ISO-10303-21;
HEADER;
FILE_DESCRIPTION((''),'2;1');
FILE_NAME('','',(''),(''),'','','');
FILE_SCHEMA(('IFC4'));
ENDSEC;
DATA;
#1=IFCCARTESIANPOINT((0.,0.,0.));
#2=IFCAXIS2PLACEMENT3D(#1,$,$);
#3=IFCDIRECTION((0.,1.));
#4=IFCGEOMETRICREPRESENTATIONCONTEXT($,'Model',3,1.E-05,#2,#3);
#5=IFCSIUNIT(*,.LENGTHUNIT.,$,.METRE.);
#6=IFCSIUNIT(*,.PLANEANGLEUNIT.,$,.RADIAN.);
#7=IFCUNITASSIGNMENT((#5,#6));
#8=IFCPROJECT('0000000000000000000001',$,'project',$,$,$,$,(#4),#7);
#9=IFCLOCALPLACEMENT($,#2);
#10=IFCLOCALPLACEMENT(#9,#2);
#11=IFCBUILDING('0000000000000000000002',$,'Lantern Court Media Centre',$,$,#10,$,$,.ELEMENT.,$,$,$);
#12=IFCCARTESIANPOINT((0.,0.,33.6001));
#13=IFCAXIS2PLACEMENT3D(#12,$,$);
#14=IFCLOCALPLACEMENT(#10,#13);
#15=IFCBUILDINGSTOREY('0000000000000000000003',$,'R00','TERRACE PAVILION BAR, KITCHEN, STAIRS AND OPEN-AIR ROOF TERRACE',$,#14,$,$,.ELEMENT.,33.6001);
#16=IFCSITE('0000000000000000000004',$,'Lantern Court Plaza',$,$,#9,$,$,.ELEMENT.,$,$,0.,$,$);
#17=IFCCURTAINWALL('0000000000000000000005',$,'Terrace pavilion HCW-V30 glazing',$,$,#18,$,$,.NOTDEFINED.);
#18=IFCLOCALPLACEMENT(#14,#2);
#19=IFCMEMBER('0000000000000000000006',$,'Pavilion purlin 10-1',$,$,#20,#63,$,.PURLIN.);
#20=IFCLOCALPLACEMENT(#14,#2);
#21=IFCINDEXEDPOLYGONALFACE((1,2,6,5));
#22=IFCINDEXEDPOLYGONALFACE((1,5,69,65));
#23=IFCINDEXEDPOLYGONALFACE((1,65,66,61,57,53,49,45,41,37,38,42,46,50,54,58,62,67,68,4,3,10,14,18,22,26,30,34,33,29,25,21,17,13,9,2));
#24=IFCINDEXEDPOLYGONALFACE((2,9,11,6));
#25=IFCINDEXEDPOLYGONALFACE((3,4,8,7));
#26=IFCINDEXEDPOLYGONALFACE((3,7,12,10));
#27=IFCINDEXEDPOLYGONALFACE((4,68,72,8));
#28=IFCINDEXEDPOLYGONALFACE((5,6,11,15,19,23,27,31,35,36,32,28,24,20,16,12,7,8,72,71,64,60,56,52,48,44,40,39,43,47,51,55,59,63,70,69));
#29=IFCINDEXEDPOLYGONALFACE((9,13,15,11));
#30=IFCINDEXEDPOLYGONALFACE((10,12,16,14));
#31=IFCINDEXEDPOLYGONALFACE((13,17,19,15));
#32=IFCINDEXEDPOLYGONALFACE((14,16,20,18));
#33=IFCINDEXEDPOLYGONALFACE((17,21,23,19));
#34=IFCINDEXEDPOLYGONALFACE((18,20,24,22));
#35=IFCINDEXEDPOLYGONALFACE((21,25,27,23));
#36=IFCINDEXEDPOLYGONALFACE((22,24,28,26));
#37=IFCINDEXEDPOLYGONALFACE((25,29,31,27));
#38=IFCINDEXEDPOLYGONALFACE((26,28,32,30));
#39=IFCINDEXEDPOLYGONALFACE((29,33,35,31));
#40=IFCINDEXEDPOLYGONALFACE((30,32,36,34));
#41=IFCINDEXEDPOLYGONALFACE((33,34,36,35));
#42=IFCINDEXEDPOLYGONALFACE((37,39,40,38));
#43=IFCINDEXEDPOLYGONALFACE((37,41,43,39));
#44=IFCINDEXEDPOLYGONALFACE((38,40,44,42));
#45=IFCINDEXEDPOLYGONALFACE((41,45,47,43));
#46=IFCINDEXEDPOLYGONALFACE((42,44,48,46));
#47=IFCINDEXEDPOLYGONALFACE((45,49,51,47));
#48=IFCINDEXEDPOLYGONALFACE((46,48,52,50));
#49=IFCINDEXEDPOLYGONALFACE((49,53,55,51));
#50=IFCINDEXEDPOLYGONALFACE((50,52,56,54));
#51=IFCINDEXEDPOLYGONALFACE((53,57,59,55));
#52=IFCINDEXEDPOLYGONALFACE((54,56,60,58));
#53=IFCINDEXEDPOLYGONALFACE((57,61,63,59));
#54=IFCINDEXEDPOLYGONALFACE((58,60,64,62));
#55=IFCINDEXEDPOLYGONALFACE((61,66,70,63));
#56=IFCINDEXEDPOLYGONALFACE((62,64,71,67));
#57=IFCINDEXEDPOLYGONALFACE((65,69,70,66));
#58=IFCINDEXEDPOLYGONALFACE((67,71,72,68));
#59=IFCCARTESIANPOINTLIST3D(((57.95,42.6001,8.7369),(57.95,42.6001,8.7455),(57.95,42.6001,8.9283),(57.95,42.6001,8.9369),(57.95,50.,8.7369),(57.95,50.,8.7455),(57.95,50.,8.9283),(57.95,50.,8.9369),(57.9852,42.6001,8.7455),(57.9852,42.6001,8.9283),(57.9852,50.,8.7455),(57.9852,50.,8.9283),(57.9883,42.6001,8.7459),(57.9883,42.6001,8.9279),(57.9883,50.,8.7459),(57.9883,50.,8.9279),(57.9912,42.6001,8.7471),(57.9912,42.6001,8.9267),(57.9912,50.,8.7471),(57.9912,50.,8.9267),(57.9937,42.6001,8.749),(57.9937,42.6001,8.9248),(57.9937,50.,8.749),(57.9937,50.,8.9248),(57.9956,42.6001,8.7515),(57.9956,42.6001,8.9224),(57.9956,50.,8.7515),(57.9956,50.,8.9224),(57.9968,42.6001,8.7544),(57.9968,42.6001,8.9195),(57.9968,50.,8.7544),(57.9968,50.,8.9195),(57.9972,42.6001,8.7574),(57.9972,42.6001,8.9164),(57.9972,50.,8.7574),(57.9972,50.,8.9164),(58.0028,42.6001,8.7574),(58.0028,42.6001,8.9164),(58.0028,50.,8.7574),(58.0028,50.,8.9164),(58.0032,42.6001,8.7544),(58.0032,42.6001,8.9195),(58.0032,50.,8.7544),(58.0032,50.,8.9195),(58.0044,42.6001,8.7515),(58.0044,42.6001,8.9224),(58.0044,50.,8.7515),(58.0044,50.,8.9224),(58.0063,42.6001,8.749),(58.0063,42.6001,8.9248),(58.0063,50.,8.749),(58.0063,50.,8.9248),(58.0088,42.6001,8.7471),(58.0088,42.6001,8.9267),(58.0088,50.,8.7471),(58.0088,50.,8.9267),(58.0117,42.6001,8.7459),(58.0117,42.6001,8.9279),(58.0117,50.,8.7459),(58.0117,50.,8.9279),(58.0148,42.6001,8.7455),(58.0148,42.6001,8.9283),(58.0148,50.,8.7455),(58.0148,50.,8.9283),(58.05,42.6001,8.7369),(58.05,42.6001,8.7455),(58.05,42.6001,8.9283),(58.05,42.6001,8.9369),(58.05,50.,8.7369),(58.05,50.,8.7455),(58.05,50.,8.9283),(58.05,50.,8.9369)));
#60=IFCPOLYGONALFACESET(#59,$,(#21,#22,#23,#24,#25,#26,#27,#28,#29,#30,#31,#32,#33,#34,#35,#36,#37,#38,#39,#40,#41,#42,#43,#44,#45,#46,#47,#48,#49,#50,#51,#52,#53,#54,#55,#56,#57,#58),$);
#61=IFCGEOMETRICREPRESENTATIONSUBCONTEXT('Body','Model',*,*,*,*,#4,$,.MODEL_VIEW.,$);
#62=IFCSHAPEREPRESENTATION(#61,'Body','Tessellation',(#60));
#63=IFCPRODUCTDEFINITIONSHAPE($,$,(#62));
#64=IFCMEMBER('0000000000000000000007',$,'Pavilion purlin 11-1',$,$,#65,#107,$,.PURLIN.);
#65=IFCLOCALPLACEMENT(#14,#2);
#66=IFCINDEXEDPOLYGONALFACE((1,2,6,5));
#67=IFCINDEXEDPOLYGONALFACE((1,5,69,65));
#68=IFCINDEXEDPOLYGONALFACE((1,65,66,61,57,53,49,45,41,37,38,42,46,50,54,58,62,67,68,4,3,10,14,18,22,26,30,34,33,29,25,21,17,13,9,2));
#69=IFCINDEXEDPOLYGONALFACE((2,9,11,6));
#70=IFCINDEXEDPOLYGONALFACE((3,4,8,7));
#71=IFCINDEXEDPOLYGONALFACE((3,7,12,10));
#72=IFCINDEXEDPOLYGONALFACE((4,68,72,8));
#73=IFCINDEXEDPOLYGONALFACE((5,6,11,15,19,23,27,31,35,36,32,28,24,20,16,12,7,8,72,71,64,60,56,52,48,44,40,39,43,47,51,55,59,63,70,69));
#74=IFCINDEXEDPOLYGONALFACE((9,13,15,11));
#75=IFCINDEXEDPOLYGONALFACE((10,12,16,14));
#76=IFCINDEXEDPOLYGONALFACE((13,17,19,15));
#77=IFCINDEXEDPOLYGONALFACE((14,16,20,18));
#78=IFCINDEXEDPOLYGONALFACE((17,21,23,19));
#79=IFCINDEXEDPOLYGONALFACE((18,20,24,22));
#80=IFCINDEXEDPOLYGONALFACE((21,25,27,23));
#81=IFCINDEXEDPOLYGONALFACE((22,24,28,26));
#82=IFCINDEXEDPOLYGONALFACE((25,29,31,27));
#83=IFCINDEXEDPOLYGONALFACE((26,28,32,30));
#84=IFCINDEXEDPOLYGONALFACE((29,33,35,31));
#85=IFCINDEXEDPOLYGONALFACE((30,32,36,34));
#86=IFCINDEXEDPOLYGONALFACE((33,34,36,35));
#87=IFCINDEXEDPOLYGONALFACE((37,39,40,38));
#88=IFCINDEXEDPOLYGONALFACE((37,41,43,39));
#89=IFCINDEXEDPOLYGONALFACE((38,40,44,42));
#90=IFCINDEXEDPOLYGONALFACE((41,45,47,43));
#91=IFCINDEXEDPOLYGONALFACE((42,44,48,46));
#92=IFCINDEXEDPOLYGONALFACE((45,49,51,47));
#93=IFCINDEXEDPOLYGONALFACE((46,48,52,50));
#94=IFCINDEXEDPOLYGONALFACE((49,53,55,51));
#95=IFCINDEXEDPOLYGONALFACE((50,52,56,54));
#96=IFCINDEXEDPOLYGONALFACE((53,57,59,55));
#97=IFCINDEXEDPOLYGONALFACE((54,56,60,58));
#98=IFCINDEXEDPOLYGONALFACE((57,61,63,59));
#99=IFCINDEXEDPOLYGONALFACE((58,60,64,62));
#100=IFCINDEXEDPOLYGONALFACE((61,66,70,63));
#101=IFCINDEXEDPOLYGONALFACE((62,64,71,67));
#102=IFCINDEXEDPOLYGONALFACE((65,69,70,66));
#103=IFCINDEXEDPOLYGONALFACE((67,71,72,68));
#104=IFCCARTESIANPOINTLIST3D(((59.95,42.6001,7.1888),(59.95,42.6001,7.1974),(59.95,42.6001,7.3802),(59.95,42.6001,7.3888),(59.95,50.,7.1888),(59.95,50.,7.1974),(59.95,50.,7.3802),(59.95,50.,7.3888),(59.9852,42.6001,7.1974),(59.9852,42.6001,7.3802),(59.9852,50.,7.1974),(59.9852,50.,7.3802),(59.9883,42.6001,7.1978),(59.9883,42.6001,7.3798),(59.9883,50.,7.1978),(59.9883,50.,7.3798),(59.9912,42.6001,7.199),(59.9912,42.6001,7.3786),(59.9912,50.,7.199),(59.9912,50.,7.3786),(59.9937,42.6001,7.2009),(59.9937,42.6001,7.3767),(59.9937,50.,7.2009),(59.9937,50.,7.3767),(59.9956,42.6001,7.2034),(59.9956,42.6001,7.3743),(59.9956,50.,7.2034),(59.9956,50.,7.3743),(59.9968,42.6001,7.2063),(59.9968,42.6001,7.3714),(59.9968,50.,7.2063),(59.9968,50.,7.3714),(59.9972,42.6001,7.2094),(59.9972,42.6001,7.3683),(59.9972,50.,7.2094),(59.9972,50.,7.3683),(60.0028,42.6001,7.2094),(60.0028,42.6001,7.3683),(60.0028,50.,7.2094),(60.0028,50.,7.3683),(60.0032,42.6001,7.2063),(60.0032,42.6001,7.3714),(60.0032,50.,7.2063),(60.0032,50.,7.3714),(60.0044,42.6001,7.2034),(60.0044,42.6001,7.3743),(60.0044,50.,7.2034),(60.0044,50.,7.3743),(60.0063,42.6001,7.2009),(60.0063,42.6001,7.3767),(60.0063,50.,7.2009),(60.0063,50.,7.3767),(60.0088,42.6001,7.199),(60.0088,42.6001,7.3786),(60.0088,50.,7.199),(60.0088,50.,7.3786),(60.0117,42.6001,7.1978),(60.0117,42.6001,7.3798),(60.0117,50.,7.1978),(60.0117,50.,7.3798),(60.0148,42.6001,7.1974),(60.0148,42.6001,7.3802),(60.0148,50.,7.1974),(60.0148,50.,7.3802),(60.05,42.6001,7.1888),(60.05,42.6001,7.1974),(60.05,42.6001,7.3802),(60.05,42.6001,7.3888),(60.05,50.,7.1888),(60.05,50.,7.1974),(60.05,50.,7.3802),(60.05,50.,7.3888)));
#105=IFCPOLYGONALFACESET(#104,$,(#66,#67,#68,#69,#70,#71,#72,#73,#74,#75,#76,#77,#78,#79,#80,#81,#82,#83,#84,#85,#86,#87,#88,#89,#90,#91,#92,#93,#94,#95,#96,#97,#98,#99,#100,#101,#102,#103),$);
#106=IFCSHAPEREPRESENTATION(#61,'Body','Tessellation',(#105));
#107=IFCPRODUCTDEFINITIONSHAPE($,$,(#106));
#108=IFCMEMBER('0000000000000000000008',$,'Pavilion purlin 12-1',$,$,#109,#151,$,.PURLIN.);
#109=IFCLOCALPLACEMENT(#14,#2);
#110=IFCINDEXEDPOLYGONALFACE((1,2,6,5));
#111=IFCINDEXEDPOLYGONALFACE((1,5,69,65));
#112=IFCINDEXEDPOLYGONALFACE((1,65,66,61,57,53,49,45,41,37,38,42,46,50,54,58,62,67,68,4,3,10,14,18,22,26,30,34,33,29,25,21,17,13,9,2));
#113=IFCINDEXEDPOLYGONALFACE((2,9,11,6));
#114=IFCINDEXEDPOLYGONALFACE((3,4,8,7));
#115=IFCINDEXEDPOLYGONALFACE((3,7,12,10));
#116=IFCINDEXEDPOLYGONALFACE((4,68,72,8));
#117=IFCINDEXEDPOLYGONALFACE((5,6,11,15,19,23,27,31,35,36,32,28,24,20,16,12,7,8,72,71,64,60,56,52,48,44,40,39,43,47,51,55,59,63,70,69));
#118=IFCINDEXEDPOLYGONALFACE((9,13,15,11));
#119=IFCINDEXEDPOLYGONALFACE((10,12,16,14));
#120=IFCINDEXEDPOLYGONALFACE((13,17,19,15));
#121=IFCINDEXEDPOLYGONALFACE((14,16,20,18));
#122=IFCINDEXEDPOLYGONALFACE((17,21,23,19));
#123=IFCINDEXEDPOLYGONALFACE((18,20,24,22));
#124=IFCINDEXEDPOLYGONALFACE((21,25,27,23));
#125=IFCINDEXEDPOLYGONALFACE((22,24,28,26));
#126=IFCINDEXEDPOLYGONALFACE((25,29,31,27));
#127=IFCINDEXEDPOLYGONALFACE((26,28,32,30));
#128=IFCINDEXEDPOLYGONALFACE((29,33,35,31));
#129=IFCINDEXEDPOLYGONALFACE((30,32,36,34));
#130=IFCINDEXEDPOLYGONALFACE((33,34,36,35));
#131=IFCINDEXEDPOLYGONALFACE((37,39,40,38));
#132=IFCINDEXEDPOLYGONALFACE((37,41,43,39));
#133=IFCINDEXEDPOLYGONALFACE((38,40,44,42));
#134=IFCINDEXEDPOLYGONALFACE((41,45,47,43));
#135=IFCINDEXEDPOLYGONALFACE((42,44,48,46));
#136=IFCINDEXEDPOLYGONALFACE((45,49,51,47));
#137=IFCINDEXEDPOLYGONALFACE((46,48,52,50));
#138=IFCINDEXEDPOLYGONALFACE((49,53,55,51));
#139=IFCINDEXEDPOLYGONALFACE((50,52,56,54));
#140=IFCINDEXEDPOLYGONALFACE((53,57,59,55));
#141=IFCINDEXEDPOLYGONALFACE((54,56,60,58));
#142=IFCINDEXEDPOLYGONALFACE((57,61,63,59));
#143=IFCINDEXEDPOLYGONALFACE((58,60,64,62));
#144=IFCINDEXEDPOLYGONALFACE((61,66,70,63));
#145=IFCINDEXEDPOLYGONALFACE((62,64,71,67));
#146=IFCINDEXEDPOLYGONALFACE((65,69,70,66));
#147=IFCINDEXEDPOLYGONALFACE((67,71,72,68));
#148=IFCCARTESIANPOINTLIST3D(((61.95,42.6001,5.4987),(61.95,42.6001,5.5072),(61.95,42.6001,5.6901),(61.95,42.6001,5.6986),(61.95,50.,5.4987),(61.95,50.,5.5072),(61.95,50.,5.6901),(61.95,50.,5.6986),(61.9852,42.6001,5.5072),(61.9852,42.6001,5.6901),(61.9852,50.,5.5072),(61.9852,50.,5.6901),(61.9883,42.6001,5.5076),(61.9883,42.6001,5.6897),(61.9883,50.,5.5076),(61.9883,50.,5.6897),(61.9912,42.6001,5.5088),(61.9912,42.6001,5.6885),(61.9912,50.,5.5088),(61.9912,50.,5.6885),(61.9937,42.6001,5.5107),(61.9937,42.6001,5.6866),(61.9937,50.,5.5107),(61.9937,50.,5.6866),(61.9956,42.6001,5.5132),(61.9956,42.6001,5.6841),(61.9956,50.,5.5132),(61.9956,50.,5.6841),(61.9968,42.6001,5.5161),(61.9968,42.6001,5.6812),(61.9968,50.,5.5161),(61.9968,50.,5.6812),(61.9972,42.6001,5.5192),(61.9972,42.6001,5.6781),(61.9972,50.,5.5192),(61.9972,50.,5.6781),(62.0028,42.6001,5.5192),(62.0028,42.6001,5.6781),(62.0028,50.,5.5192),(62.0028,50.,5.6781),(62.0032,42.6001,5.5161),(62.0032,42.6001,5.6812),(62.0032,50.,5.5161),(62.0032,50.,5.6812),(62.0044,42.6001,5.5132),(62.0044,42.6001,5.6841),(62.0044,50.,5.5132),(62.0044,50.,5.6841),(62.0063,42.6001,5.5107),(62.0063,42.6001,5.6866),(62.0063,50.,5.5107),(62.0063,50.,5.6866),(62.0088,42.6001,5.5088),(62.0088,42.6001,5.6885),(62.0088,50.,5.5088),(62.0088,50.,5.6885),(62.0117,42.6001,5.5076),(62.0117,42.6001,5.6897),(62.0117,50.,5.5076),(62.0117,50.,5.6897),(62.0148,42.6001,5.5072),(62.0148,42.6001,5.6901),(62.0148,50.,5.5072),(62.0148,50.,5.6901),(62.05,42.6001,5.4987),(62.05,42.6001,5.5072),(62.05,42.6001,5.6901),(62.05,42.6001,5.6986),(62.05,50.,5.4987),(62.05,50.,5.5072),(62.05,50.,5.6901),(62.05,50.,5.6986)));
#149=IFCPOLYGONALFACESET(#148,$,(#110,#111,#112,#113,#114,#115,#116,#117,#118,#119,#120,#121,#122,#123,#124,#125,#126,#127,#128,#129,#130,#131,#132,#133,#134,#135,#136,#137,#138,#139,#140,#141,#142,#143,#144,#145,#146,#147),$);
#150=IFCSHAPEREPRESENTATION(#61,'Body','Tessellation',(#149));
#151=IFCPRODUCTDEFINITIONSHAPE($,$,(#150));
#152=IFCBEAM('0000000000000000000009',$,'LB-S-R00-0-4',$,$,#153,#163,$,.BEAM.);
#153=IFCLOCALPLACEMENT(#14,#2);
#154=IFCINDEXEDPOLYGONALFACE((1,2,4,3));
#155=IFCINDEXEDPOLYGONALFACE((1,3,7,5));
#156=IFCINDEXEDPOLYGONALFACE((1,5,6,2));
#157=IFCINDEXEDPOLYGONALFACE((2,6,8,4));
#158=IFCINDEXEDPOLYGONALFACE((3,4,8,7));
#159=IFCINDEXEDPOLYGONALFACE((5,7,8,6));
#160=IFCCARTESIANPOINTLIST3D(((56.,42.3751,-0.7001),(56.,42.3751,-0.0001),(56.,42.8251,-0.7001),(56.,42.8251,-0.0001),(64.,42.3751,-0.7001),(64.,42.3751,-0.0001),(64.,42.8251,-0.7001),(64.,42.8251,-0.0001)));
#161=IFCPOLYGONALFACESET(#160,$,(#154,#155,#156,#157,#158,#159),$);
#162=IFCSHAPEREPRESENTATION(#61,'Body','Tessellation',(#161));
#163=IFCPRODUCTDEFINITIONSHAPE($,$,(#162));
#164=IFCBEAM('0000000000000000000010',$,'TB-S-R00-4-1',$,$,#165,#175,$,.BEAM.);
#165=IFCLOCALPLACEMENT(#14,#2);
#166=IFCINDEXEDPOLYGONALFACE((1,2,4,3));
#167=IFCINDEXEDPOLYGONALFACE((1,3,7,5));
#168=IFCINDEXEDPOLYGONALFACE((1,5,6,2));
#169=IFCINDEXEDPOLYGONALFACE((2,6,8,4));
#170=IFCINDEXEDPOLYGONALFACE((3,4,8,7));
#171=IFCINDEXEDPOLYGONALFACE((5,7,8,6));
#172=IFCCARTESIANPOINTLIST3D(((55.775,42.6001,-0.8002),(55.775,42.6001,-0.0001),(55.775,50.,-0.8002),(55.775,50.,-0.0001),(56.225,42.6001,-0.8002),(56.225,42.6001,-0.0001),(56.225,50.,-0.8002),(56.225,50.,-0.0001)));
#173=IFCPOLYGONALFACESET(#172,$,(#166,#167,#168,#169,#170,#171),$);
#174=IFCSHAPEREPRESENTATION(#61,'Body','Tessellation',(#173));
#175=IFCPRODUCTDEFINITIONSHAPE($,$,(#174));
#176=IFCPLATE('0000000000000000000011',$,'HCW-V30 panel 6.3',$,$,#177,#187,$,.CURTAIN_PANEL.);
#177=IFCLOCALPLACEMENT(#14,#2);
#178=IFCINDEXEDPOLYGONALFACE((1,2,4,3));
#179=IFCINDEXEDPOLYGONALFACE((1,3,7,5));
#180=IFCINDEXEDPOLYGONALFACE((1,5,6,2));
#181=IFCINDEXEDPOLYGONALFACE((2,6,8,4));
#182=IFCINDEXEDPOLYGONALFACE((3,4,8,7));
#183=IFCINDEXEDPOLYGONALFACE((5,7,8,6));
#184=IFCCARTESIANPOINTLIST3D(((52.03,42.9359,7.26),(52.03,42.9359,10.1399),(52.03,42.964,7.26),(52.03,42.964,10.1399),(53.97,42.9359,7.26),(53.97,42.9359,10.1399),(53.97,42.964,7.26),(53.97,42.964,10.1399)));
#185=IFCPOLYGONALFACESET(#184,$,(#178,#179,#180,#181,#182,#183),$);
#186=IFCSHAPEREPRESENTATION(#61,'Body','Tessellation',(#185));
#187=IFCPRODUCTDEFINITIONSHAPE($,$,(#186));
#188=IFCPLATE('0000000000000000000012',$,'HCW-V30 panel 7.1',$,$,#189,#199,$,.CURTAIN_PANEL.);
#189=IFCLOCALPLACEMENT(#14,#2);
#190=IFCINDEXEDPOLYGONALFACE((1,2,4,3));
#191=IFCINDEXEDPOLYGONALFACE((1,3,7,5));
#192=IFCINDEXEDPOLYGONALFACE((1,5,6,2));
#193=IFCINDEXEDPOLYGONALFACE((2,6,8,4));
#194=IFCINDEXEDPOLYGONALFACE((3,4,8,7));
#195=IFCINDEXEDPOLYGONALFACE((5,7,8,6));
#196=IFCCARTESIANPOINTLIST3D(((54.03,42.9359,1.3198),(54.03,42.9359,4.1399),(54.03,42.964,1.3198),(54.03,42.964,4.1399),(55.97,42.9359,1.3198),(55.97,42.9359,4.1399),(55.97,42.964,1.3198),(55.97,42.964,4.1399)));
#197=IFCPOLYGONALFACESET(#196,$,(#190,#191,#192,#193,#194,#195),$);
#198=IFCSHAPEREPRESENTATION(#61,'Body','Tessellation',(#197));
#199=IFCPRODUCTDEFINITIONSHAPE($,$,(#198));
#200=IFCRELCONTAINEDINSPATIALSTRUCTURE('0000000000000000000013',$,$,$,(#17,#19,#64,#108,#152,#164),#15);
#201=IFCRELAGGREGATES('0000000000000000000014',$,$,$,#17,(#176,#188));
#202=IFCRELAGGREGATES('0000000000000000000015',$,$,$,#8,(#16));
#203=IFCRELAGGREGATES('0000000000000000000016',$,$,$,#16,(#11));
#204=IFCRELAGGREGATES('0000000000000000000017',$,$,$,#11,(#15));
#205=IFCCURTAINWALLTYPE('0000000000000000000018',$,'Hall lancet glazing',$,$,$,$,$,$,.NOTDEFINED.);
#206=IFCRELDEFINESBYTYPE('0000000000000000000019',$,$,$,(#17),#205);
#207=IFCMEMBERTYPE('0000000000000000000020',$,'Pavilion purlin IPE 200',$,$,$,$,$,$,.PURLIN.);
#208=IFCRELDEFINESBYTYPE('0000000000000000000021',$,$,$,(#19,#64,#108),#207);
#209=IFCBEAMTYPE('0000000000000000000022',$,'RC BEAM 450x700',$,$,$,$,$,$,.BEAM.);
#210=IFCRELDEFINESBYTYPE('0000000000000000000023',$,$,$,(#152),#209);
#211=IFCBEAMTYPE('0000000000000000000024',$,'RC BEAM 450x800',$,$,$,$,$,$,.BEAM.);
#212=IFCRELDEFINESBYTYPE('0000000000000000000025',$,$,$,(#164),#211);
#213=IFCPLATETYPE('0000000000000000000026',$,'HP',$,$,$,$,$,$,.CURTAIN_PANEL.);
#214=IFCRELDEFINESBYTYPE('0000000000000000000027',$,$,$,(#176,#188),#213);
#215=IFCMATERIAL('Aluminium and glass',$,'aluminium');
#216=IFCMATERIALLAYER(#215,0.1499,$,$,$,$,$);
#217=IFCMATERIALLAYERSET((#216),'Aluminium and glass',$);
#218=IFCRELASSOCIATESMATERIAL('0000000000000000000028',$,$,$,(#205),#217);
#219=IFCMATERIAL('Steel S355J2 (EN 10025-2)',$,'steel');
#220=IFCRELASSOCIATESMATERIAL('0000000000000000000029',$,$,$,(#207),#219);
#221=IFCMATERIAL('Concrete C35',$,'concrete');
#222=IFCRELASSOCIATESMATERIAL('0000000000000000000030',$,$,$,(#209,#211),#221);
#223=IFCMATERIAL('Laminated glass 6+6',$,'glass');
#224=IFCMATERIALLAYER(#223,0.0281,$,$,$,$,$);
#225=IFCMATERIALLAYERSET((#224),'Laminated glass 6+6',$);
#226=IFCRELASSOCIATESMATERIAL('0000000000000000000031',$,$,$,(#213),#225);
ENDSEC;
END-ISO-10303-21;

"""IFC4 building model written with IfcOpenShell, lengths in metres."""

from ifc_helpers import new_model, si_unit, direction, frame, origin, origin_2d, place, context, subcontext, project, spatial, rectangle, i_section, extrude, material, layer, layer_set, material_profile, profile_set, type_object, element, aggregate, save


model = new_model("IFC4")

# Units and contexts
model_context = context("Model", 3, precision=1e-05, world=origin(), true_north=direction((0.0, 1.0)))
body_context = subcontext(model_context, "Body", "Model", "MODEL_VIEW")
ifc_project = project(units=[si_unit("LENGTHUNIT", "METRE"), si_unit("PLANEANGLEUNIT", "RADIAN")], contexts=[model_context])

# Site, building, storey
site_placement = place(None, origin())
site = spatial("IfcSite", under=ifc_project, at=site_placement, Name="Lantern Court Plaza", CompositionType="ELEMENT", RefElevation=0.0)
building_placement = place(site_placement, origin())
building = spatial("IfcBuilding", under=site, at=building_placement, Name="Lantern Court Media Centre", CompositionType="ELEMENT")
storey_placement = place(building_placement, frame((0.0, 0.0, 33.6001)))
storey = spatial("IfcBuildingStorey", under=building, at=storey_placement, Name="R00", Description="TERRACE PAVILION BAR, KITCHEN, STAIRS AND OPEN-AIR ROOF TERRACE", CompositionType="ELEMENT", Elevation=33.6001)

# Curtain wall
ifc_material_1 = material(Name="Aluminium and glass", Category="aluminium")
ifc_layer_1 = layer(ifc_material_1, 0.1499)
ifc_layer_set_1 = layer_set([ifc_layer_1], Name="Aluminium and glass")
curtain_wall_type = type_object("IfcCurtainWallType", Name="Hall lancet glazing", PredefinedType="NOTDEFINED", material=ifc_layer_set_1)
curtain_wall_placement = place(storey_placement, origin())
curtain_wall = element("IfcCurtainWall", 1, at=curtain_wall_placement, inside=storey, type_object=curtain_wall_type, Name="Terrace pavilion HCW-V30 glazing", PredefinedType="NOTDEFINED")

# Members
ifc_material_2 = material(Name="Steel S355J2 (EN 10025-2)", Category="steel")
ifc_material_profile_1 = material_profile(ifc_material_2, i_section(OverallWidth=0.1001, OverallDepth=0.2, WebThickness=0.0056, FlangeThickness=0.0085, FilletRadius=0.012, at=origin_2d()), Name="IPE 200")
ifc_profile_set_1 = profile_set([ifc_material_profile_1], Name="Steel S355J2 (EN 10025-2)")
member_type_1 = type_object("IfcMemberType", Name="Pavilion purlin IPE 200", PredefinedType="PURLIN", material=ifc_profile_set_1)
for number, where, z_axis, x_axis, name in (
    (2, (58.0, 42.6001, 8.8369), (0.0, 1.0, 0.0), (-1.0, 0.0, 0.0), "Pavilion purlin 10-1"),
    (3, (60.0, 42.6001, 7.2888), (0.0, 1.0, 0.0), (-1.0, 0.0, 0.0), "Pavilion purlin 11-1"),
    (4, (62.0, 42.6001, 5.5986), (0.0, 1.0, 0.0), (-1.0, 0.0, 0.0), "Pavilion purlin 12-1"),
):
    element("IfcMember", number, at=place(storey_placement, frame(where, z_axis=z_axis, x_axis=x_axis)), inside=storey, type_object=member_type_1, Name=name, PredefinedType="PURLIN", context=body_context, shape_type="SweptSolid", body=[
        extrude(i_section(OverallWidth=0.1001, OverallDepth=0.2, WebThickness=0.0056, FlangeThickness=0.0085, FilletRadius=0.012, at=origin_2d()), origin(), (0.0, 0.0, 1.0), 7.3999),
    ])

# Beams
ifc_material_3 = material(Name="Concrete C35", Category="concrete")
ifc_material_profile_2 = material_profile(ifc_material_3, rectangle(XDim=0.45, YDim=0.7, at=origin_2d()), Name="RC 450x700")
ifc_profile_set_2 = profile_set([ifc_material_profile_2], Name="Concrete C35")
beam_type_1 = type_object("IfcBeamType", Name="RC BEAM 450x700", PredefinedType="BEAM", material=ifc_profile_set_2)
beam_1_placement = place(storey_placement, frame((56.0, 42.6001, -0.3501), z_axis=(1.0, 0.0, 0.0), x_axis=(0.0, 1.0, 0.0)))
element("IfcBeam", 5, at=beam_1_placement, inside=storey, type_object=beam_type_1, Name="LB-S-R00-0-4", PredefinedType="BEAM", context=body_context, shape_type="SweptSolid", body=[
    extrude(rectangle(XDim=0.45, YDim=0.7, at=origin_2d()), origin(), (0.0, 0.0, 1.0), 8.0),
])
ifc_material_profile_3 = material_profile(ifc_material_3, rectangle(XDim=0.45, YDim=0.8, at=origin_2d()), Name="RC 450x800")
ifc_profile_set_3 = profile_set([ifc_material_profile_3], Name="Concrete C35")
beam_type_2 = type_object("IfcBeamType", Name="RC BEAM 450x800", PredefinedType="BEAM", material=ifc_profile_set_3)
beam_2_placement = place(storey_placement, frame((56.0, 42.6001, -0.4001), z_axis=(0.0, 1.0, 0.0), x_axis=(-1.0, 0.0, 0.0)))
element("IfcBeam", 6, at=beam_2_placement, inside=storey, type_object=beam_type_2, Name="TB-S-R00-4-1", PredefinedType="BEAM", context=body_context, shape_type="SweptSolid", body=[
    extrude(rectangle(XDim=0.45, YDim=0.8, at=origin_2d()), origin(), (0.0, 0.0, 1.0), 7.3999),
])

# Plates
ifc_material_4 = material(Name="Laminated glass 6+6", Category="glass")
ifc_layer_2 = layer(ifc_material_4, 0.0281)
ifc_layer_set_2 = layer_set([ifc_layer_2], Name="Laminated glass 6+6")
plate_type = type_object("IfcPlateType", Name="HP", PredefinedType="CURTAIN_PANEL", material=ifc_layer_set_2)
plate_1_placement = place(storey_placement, frame((53.0, 42.95, 7.26), z_axis=(0.0, 0.0, 1.0), x_axis=(1.0, 0.0, 0.0)))
plate_1 = element("IfcPlate", 7, at=plate_1_placement, type_object=plate_type, Name="HCW-V30 panel 6.3", PredefinedType="CURTAIN_PANEL", context=body_context, shape_type="SweptSolid", body=[
    extrude(rectangle(XDim=1.9399, YDim=0.0281, at=origin_2d()), origin(), (0.0, 0.0, 1.0), 2.8799),
])
plate_2_placement = place(storey_placement, frame((55.0, 42.95, 1.3198), z_axis=(0.0, 0.0, 1.0), x_axis=(1.0, 0.0, 0.0)))
plate_2 = element("IfcPlate", 8, at=plate_2_placement, type_object=plate_type, Name="HCW-V30 panel 7.1", PredefinedType="CURTAIN_PANEL", context=body_context, shape_type="SweptSolid", body=[
    extrude(rectangle(XDim=1.9399, YDim=0.0281, at=origin_2d()), origin(), (0.0, 0.0, 1.0), 2.8201),
])
aggregate(curtain_wall, [plate_1, plate_2])

save(model, "model.ifc")
